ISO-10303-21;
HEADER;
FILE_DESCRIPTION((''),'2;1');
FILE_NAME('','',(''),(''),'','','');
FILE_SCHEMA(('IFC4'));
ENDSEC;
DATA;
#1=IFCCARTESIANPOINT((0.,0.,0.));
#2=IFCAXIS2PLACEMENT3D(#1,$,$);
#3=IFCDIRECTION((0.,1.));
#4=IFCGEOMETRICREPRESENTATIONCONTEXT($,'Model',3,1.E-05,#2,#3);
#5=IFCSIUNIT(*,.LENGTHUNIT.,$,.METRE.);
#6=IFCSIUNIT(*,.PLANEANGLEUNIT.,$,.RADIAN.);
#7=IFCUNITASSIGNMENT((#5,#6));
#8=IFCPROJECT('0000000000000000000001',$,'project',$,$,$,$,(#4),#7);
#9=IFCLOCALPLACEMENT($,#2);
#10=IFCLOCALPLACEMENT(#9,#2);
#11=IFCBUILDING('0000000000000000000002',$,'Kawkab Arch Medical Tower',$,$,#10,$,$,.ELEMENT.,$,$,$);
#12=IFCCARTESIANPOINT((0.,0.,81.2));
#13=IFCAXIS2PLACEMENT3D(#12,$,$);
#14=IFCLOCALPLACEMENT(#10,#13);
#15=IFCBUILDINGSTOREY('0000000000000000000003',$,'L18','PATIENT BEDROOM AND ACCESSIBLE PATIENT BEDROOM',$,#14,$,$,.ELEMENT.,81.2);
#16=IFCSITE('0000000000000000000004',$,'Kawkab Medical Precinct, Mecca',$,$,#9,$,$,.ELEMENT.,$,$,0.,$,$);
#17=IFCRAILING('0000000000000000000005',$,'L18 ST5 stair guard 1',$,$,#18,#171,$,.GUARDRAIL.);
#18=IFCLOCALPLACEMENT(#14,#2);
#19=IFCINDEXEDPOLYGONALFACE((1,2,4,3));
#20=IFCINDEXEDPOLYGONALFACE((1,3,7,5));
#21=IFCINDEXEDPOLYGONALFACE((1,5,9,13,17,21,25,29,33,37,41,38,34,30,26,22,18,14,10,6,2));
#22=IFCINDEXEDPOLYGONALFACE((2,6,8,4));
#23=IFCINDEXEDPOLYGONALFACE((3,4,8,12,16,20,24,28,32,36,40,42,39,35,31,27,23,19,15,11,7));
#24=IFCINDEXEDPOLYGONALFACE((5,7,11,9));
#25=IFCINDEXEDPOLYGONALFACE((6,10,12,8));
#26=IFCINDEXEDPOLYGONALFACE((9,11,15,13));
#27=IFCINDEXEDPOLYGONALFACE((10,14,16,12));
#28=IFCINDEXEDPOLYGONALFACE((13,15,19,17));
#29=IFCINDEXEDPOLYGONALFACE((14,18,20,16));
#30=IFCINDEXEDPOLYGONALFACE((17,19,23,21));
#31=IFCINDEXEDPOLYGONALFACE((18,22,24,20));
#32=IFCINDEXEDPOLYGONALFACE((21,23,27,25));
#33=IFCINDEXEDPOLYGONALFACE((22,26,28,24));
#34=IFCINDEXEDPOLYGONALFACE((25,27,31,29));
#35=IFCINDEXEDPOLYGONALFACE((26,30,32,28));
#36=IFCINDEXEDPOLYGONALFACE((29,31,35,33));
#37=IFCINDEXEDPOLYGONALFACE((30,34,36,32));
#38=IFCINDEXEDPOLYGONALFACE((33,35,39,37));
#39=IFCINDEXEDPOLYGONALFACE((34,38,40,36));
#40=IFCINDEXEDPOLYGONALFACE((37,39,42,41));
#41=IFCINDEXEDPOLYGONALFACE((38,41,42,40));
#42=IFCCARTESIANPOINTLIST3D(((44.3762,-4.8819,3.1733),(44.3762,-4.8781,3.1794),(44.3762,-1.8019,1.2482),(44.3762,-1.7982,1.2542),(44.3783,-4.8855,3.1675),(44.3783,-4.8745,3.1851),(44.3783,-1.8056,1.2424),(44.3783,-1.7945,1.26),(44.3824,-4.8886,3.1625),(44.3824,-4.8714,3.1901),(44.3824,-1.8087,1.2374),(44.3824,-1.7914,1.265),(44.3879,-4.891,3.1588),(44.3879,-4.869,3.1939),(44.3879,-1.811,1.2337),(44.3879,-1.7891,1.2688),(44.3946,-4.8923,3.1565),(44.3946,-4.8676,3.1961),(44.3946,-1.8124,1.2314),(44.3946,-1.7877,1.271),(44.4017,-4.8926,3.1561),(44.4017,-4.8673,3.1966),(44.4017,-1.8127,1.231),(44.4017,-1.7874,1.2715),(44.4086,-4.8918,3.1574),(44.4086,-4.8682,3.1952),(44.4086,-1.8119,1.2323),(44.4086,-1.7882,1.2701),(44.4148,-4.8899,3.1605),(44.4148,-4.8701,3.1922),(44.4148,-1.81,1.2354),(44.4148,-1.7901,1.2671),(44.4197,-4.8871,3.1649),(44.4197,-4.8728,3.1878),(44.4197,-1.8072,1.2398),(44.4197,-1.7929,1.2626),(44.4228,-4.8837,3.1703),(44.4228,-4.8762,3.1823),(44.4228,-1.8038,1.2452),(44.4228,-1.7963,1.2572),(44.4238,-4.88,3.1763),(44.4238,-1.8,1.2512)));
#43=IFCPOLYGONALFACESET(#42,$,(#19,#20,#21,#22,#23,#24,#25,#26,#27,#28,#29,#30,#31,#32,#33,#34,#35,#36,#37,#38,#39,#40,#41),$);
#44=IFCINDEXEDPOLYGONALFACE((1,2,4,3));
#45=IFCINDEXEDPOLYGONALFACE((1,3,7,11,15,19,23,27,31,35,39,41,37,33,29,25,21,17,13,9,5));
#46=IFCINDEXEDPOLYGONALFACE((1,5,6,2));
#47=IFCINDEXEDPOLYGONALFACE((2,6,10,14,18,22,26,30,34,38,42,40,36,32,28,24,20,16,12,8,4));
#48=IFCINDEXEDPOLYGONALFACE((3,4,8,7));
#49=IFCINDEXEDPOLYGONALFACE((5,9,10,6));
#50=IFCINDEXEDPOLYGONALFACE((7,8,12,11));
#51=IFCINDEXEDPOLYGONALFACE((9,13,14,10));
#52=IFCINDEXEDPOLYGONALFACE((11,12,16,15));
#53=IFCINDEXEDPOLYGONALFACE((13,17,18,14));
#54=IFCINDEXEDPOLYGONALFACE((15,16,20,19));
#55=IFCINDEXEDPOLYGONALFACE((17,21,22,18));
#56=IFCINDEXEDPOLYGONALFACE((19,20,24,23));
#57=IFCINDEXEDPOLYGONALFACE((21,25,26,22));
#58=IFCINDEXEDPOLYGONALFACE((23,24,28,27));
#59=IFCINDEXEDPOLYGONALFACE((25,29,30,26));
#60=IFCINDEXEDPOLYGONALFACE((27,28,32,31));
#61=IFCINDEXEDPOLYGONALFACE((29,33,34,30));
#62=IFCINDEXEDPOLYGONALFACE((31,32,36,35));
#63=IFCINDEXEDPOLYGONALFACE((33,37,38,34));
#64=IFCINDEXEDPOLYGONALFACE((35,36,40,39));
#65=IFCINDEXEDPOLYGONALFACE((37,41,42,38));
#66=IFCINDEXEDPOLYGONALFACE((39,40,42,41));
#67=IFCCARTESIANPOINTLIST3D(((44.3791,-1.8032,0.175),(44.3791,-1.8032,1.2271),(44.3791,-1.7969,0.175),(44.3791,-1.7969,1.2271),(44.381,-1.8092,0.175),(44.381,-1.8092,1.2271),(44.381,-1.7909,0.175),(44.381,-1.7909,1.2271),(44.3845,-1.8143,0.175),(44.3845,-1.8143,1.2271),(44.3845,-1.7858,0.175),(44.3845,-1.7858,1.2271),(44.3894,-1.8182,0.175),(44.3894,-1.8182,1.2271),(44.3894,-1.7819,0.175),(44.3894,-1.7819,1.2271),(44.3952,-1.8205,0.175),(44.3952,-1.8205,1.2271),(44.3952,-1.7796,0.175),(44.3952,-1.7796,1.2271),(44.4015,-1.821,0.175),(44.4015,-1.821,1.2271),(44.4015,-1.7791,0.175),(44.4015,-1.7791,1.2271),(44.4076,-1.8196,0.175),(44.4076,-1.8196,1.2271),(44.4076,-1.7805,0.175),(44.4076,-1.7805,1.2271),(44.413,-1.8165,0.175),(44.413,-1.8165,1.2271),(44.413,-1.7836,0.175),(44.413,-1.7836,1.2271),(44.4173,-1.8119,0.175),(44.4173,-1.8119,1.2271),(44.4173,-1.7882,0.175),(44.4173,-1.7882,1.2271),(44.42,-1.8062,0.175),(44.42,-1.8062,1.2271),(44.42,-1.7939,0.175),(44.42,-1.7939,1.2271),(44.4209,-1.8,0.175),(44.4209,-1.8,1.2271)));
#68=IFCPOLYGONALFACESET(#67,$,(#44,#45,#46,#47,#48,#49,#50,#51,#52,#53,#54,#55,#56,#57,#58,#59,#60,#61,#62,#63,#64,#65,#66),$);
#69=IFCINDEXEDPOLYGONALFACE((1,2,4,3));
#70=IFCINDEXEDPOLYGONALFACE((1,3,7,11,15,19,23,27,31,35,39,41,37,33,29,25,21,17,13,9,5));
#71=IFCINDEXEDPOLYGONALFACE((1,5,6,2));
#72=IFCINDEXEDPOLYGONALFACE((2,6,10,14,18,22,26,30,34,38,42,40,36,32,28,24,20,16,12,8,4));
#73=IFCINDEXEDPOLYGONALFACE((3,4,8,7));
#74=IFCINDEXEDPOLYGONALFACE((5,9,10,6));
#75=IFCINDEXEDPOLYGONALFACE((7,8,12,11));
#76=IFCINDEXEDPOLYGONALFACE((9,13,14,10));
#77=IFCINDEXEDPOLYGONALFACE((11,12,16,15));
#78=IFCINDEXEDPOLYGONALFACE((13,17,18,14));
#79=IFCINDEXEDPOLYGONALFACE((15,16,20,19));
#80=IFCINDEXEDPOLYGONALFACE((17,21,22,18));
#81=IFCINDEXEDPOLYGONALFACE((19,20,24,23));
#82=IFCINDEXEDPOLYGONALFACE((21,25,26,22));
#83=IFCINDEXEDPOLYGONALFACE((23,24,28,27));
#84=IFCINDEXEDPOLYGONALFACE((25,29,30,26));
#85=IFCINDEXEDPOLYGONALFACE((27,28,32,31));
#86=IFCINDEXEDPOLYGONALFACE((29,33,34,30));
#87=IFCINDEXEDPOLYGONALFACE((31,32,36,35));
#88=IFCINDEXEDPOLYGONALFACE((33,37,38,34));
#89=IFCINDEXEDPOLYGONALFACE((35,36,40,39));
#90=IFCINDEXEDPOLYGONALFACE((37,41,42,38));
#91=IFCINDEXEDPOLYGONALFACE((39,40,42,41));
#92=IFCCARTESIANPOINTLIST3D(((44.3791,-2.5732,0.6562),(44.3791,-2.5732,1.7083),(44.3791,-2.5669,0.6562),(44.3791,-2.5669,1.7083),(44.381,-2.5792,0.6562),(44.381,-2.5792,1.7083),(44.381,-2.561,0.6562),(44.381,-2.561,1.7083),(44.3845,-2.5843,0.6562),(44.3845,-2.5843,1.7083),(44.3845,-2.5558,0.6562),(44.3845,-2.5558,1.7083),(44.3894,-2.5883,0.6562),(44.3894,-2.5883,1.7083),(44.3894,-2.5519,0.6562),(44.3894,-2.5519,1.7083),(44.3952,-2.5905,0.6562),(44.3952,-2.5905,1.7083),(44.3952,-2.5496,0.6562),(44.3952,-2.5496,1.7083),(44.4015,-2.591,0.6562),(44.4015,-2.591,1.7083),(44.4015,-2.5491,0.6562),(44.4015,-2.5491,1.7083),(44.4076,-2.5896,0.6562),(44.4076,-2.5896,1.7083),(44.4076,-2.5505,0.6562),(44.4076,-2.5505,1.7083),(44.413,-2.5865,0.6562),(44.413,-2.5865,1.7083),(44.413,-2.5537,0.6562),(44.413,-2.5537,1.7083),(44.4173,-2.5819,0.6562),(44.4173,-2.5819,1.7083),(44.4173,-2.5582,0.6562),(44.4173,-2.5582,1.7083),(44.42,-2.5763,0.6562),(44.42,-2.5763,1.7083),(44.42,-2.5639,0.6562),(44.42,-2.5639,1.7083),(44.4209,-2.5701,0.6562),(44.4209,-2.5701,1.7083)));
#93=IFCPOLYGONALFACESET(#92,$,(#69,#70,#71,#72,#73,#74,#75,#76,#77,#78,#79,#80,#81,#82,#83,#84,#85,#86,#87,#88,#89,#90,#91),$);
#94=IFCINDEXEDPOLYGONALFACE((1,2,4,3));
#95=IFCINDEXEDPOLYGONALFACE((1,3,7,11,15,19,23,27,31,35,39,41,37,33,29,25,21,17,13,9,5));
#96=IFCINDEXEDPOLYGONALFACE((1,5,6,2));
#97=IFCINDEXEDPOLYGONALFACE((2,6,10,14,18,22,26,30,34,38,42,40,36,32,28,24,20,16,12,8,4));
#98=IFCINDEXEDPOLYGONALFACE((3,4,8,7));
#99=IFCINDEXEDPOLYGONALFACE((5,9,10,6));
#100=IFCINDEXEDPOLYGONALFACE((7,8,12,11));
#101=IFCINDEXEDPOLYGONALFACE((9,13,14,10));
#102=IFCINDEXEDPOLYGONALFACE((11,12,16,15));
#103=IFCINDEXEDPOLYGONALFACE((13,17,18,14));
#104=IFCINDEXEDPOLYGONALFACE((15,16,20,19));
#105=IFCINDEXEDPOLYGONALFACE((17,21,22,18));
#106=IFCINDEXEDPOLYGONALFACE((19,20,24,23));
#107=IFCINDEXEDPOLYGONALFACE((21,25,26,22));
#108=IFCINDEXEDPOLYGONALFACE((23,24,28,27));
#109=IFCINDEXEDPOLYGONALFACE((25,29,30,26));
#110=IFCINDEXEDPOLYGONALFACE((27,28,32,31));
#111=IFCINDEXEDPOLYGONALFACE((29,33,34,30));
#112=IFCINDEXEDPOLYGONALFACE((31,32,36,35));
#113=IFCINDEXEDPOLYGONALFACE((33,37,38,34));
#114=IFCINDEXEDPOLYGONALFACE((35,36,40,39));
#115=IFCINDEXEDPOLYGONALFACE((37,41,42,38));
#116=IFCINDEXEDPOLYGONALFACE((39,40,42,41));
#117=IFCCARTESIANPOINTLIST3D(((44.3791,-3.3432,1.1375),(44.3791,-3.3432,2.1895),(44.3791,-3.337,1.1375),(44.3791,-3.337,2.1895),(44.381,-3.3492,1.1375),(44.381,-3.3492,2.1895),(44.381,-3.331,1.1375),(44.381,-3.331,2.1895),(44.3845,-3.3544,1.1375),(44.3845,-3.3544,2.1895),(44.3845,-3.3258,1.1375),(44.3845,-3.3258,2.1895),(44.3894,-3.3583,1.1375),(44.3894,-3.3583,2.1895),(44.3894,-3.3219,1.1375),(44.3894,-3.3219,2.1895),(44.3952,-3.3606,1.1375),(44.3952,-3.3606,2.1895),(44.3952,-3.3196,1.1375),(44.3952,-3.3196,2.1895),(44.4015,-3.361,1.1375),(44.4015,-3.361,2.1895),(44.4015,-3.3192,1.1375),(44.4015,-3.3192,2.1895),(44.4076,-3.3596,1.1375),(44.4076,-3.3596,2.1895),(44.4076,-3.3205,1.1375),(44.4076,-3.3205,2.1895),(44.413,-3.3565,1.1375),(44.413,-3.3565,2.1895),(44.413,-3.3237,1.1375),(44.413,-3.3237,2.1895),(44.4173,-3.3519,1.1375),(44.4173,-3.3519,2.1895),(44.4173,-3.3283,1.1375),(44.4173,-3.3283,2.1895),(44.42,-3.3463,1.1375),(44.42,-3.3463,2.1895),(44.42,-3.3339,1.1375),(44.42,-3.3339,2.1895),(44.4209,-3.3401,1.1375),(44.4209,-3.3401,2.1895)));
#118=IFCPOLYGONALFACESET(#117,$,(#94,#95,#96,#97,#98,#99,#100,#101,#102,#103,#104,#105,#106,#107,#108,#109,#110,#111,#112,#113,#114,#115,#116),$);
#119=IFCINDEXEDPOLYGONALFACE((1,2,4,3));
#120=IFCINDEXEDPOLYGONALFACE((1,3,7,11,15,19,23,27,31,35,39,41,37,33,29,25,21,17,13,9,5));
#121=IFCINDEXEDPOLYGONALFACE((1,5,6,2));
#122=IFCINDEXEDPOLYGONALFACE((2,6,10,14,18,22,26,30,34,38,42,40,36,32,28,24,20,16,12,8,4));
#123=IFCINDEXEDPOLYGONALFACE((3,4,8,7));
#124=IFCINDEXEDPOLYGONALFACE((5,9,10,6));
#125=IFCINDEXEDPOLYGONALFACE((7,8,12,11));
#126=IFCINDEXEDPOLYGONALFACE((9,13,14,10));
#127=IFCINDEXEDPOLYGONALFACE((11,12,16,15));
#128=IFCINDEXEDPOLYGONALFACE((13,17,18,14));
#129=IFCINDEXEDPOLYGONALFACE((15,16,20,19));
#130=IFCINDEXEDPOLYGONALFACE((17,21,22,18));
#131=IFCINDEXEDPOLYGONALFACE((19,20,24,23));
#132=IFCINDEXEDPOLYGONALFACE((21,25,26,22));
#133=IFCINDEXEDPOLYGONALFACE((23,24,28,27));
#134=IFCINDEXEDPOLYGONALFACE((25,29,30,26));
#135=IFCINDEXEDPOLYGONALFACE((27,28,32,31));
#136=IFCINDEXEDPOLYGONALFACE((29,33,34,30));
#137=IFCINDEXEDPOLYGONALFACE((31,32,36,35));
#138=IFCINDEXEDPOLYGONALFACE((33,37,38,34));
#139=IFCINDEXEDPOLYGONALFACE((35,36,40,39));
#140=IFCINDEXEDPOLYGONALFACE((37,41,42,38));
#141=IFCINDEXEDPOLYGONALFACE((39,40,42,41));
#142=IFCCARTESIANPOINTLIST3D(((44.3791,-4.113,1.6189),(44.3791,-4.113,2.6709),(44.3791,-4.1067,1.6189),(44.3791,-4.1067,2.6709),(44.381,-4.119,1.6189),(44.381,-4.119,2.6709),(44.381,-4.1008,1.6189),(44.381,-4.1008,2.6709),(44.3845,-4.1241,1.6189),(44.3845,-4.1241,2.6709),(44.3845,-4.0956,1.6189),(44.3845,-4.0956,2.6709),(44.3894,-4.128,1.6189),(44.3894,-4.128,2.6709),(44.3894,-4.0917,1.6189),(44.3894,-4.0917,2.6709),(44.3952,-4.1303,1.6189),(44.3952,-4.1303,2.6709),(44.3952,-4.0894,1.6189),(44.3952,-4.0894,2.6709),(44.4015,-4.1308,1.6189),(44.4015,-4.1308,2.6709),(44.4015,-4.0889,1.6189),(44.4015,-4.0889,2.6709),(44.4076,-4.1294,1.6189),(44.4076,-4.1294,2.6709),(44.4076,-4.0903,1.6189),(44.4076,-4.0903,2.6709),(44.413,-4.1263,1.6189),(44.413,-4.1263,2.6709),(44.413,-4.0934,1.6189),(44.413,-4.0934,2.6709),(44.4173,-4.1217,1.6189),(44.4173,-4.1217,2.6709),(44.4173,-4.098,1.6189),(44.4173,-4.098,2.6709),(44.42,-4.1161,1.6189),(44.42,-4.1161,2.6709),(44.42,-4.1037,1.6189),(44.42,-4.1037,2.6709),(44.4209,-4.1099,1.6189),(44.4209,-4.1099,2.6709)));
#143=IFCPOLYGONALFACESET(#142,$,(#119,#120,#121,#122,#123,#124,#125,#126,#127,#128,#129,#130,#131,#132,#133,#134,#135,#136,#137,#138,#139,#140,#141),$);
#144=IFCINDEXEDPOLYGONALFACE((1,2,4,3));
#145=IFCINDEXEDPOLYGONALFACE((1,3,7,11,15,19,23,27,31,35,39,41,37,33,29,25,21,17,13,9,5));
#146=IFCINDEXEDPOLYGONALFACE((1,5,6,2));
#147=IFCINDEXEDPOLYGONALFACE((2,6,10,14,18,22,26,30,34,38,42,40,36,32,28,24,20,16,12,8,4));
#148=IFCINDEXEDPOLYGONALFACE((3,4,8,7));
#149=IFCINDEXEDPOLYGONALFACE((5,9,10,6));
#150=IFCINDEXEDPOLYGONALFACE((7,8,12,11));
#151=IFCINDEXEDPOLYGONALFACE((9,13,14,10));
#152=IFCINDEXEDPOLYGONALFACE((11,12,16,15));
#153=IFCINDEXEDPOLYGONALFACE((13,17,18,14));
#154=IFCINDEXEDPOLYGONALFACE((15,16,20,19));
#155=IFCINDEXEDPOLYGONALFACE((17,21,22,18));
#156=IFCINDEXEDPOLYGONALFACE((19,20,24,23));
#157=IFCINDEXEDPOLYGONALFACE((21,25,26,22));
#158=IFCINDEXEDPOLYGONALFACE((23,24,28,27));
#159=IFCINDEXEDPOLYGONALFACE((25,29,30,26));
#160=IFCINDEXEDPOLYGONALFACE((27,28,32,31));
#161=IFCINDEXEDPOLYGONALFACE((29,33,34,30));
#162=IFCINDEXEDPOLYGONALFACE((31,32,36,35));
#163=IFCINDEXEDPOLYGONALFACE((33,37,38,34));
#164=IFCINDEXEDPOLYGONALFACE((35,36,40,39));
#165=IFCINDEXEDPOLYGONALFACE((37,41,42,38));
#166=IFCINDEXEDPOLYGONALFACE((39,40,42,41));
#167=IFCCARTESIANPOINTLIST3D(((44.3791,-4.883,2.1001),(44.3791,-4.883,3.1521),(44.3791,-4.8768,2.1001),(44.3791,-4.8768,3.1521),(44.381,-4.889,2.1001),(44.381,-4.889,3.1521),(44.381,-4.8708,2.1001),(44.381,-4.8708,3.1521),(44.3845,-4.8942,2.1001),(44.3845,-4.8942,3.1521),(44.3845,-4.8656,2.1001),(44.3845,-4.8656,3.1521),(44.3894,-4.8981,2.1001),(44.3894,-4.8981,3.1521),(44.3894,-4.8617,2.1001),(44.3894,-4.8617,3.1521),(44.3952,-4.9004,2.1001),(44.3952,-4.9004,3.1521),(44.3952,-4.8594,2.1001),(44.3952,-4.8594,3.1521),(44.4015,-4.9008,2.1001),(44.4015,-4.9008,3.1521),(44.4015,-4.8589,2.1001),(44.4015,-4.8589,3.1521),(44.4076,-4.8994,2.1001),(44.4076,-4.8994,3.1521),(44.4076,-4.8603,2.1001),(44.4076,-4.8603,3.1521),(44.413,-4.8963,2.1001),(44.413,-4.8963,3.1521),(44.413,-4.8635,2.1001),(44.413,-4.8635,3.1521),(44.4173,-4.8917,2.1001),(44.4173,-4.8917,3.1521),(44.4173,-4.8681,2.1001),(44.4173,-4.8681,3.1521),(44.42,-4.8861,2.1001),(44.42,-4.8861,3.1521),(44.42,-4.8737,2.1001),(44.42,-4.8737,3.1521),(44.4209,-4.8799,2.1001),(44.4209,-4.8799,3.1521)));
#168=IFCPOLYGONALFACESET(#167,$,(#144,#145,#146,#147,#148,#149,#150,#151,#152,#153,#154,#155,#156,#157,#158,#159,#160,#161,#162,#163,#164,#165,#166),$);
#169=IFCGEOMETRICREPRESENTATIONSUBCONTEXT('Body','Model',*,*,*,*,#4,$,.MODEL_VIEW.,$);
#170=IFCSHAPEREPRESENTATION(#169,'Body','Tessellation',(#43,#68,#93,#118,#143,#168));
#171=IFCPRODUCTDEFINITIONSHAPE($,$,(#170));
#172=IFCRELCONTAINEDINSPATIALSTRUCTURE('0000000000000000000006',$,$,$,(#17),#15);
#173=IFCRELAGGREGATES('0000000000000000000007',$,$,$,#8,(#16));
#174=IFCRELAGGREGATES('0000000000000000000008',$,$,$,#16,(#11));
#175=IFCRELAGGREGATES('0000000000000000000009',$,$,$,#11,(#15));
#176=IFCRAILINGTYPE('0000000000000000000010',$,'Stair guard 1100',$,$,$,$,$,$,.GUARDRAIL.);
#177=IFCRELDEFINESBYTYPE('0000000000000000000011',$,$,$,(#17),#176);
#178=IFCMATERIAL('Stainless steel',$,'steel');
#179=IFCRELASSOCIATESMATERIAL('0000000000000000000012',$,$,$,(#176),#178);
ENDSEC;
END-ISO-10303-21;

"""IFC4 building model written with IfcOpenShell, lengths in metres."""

from ifc_helpers import new_model, si_unit, direction, frame, origin, origin_2d, place, context, subcontext, project, spatial, circle, extrude, material, type_object, element, save


model = new_model("IFC4")

# Units and contexts
model_context = context("Model", 3, precision=1e-05, world=origin(), true_north=direction((0.0, 1.0)))
body_context = subcontext(model_context, "Body", "Model", "MODEL_VIEW")
ifc_project = project(units=[si_unit("LENGTHUNIT", "METRE"), si_unit("PLANEANGLEUNIT", "RADIAN")], contexts=[model_context])

# Site, building, storey
site_placement = place(None, origin())
site = spatial("IfcSite", under=ifc_project, at=site_placement, Name="Kawkab Medical Precinct, Mecca", CompositionType="ELEMENT", RefElevation=0.0)
building_placement = place(site_placement, origin())
building = spatial("IfcBuilding", under=site, at=building_placement, Name="Kawkab Arch Medical Tower", CompositionType="ELEMENT")
storey_placement = place(building_placement, frame((0.0, 0.0, 81.2)))
storey = spatial("IfcBuildingStorey", under=building, at=storey_placement, Name="L18", Description="PATIENT BEDROOM AND ACCESSIBLE PATIENT BEDROOM", CompositionType="ELEMENT", Elevation=81.2)

# Railing
ifc_material_1 = material(Name="Stainless steel", Category="steel")
railing_type = type_object("IfcRailingType", Name="Stair guard 1100", PredefinedType="GUARDRAIL", material=ifc_material_1)
railing_1_placement = place(storey_placement, frame((44.3999, -1.8, 0.175)))
element("IfcRailing", 1, at=railing_1_placement, inside=storey, type_object=railing_type, Name="L18 ST5 stair guard 1", PredefinedType="GUARDRAIL", context=body_context, shape_type="SweptSolid", body=[
    extrude(circle(Radius=0.0239, at=origin_2d()), frame((0.0, 0.0, 1.0762), z_axis=(0.0, -0.847979, 0.530029), x_axis=(1.0, 0.0, 0.0)), (0.0, 0.0, 1.0), 3.6321),
    extrude(circle(Radius=0.021, at=origin_2d()), origin(), (0.0, 0.0, 1.0), 1.052),
    extrude(circle(Radius=0.021, at=origin_2d()), frame((0.0, -0.77, 0.4812)), (0.0, 0.0, 1.0), 1.052),
    extrude(circle(Radius=0.021, at=origin_2d()), frame((0.0, -1.54, 0.9624)), (0.0, 0.0, 1.0), 1.052),
    extrude(circle(Radius=0.021, at=origin_2d()), frame((0.0, -2.3098, 1.4438)), (0.0, 0.0, 1.0), 1.052),
    extrude(circle(Radius=0.021, at=origin_2d()), frame((0.0, -3.0798, 1.925)), (0.0, 0.0, 1.0), 1.052),
])

save(model, "model.ifc")
